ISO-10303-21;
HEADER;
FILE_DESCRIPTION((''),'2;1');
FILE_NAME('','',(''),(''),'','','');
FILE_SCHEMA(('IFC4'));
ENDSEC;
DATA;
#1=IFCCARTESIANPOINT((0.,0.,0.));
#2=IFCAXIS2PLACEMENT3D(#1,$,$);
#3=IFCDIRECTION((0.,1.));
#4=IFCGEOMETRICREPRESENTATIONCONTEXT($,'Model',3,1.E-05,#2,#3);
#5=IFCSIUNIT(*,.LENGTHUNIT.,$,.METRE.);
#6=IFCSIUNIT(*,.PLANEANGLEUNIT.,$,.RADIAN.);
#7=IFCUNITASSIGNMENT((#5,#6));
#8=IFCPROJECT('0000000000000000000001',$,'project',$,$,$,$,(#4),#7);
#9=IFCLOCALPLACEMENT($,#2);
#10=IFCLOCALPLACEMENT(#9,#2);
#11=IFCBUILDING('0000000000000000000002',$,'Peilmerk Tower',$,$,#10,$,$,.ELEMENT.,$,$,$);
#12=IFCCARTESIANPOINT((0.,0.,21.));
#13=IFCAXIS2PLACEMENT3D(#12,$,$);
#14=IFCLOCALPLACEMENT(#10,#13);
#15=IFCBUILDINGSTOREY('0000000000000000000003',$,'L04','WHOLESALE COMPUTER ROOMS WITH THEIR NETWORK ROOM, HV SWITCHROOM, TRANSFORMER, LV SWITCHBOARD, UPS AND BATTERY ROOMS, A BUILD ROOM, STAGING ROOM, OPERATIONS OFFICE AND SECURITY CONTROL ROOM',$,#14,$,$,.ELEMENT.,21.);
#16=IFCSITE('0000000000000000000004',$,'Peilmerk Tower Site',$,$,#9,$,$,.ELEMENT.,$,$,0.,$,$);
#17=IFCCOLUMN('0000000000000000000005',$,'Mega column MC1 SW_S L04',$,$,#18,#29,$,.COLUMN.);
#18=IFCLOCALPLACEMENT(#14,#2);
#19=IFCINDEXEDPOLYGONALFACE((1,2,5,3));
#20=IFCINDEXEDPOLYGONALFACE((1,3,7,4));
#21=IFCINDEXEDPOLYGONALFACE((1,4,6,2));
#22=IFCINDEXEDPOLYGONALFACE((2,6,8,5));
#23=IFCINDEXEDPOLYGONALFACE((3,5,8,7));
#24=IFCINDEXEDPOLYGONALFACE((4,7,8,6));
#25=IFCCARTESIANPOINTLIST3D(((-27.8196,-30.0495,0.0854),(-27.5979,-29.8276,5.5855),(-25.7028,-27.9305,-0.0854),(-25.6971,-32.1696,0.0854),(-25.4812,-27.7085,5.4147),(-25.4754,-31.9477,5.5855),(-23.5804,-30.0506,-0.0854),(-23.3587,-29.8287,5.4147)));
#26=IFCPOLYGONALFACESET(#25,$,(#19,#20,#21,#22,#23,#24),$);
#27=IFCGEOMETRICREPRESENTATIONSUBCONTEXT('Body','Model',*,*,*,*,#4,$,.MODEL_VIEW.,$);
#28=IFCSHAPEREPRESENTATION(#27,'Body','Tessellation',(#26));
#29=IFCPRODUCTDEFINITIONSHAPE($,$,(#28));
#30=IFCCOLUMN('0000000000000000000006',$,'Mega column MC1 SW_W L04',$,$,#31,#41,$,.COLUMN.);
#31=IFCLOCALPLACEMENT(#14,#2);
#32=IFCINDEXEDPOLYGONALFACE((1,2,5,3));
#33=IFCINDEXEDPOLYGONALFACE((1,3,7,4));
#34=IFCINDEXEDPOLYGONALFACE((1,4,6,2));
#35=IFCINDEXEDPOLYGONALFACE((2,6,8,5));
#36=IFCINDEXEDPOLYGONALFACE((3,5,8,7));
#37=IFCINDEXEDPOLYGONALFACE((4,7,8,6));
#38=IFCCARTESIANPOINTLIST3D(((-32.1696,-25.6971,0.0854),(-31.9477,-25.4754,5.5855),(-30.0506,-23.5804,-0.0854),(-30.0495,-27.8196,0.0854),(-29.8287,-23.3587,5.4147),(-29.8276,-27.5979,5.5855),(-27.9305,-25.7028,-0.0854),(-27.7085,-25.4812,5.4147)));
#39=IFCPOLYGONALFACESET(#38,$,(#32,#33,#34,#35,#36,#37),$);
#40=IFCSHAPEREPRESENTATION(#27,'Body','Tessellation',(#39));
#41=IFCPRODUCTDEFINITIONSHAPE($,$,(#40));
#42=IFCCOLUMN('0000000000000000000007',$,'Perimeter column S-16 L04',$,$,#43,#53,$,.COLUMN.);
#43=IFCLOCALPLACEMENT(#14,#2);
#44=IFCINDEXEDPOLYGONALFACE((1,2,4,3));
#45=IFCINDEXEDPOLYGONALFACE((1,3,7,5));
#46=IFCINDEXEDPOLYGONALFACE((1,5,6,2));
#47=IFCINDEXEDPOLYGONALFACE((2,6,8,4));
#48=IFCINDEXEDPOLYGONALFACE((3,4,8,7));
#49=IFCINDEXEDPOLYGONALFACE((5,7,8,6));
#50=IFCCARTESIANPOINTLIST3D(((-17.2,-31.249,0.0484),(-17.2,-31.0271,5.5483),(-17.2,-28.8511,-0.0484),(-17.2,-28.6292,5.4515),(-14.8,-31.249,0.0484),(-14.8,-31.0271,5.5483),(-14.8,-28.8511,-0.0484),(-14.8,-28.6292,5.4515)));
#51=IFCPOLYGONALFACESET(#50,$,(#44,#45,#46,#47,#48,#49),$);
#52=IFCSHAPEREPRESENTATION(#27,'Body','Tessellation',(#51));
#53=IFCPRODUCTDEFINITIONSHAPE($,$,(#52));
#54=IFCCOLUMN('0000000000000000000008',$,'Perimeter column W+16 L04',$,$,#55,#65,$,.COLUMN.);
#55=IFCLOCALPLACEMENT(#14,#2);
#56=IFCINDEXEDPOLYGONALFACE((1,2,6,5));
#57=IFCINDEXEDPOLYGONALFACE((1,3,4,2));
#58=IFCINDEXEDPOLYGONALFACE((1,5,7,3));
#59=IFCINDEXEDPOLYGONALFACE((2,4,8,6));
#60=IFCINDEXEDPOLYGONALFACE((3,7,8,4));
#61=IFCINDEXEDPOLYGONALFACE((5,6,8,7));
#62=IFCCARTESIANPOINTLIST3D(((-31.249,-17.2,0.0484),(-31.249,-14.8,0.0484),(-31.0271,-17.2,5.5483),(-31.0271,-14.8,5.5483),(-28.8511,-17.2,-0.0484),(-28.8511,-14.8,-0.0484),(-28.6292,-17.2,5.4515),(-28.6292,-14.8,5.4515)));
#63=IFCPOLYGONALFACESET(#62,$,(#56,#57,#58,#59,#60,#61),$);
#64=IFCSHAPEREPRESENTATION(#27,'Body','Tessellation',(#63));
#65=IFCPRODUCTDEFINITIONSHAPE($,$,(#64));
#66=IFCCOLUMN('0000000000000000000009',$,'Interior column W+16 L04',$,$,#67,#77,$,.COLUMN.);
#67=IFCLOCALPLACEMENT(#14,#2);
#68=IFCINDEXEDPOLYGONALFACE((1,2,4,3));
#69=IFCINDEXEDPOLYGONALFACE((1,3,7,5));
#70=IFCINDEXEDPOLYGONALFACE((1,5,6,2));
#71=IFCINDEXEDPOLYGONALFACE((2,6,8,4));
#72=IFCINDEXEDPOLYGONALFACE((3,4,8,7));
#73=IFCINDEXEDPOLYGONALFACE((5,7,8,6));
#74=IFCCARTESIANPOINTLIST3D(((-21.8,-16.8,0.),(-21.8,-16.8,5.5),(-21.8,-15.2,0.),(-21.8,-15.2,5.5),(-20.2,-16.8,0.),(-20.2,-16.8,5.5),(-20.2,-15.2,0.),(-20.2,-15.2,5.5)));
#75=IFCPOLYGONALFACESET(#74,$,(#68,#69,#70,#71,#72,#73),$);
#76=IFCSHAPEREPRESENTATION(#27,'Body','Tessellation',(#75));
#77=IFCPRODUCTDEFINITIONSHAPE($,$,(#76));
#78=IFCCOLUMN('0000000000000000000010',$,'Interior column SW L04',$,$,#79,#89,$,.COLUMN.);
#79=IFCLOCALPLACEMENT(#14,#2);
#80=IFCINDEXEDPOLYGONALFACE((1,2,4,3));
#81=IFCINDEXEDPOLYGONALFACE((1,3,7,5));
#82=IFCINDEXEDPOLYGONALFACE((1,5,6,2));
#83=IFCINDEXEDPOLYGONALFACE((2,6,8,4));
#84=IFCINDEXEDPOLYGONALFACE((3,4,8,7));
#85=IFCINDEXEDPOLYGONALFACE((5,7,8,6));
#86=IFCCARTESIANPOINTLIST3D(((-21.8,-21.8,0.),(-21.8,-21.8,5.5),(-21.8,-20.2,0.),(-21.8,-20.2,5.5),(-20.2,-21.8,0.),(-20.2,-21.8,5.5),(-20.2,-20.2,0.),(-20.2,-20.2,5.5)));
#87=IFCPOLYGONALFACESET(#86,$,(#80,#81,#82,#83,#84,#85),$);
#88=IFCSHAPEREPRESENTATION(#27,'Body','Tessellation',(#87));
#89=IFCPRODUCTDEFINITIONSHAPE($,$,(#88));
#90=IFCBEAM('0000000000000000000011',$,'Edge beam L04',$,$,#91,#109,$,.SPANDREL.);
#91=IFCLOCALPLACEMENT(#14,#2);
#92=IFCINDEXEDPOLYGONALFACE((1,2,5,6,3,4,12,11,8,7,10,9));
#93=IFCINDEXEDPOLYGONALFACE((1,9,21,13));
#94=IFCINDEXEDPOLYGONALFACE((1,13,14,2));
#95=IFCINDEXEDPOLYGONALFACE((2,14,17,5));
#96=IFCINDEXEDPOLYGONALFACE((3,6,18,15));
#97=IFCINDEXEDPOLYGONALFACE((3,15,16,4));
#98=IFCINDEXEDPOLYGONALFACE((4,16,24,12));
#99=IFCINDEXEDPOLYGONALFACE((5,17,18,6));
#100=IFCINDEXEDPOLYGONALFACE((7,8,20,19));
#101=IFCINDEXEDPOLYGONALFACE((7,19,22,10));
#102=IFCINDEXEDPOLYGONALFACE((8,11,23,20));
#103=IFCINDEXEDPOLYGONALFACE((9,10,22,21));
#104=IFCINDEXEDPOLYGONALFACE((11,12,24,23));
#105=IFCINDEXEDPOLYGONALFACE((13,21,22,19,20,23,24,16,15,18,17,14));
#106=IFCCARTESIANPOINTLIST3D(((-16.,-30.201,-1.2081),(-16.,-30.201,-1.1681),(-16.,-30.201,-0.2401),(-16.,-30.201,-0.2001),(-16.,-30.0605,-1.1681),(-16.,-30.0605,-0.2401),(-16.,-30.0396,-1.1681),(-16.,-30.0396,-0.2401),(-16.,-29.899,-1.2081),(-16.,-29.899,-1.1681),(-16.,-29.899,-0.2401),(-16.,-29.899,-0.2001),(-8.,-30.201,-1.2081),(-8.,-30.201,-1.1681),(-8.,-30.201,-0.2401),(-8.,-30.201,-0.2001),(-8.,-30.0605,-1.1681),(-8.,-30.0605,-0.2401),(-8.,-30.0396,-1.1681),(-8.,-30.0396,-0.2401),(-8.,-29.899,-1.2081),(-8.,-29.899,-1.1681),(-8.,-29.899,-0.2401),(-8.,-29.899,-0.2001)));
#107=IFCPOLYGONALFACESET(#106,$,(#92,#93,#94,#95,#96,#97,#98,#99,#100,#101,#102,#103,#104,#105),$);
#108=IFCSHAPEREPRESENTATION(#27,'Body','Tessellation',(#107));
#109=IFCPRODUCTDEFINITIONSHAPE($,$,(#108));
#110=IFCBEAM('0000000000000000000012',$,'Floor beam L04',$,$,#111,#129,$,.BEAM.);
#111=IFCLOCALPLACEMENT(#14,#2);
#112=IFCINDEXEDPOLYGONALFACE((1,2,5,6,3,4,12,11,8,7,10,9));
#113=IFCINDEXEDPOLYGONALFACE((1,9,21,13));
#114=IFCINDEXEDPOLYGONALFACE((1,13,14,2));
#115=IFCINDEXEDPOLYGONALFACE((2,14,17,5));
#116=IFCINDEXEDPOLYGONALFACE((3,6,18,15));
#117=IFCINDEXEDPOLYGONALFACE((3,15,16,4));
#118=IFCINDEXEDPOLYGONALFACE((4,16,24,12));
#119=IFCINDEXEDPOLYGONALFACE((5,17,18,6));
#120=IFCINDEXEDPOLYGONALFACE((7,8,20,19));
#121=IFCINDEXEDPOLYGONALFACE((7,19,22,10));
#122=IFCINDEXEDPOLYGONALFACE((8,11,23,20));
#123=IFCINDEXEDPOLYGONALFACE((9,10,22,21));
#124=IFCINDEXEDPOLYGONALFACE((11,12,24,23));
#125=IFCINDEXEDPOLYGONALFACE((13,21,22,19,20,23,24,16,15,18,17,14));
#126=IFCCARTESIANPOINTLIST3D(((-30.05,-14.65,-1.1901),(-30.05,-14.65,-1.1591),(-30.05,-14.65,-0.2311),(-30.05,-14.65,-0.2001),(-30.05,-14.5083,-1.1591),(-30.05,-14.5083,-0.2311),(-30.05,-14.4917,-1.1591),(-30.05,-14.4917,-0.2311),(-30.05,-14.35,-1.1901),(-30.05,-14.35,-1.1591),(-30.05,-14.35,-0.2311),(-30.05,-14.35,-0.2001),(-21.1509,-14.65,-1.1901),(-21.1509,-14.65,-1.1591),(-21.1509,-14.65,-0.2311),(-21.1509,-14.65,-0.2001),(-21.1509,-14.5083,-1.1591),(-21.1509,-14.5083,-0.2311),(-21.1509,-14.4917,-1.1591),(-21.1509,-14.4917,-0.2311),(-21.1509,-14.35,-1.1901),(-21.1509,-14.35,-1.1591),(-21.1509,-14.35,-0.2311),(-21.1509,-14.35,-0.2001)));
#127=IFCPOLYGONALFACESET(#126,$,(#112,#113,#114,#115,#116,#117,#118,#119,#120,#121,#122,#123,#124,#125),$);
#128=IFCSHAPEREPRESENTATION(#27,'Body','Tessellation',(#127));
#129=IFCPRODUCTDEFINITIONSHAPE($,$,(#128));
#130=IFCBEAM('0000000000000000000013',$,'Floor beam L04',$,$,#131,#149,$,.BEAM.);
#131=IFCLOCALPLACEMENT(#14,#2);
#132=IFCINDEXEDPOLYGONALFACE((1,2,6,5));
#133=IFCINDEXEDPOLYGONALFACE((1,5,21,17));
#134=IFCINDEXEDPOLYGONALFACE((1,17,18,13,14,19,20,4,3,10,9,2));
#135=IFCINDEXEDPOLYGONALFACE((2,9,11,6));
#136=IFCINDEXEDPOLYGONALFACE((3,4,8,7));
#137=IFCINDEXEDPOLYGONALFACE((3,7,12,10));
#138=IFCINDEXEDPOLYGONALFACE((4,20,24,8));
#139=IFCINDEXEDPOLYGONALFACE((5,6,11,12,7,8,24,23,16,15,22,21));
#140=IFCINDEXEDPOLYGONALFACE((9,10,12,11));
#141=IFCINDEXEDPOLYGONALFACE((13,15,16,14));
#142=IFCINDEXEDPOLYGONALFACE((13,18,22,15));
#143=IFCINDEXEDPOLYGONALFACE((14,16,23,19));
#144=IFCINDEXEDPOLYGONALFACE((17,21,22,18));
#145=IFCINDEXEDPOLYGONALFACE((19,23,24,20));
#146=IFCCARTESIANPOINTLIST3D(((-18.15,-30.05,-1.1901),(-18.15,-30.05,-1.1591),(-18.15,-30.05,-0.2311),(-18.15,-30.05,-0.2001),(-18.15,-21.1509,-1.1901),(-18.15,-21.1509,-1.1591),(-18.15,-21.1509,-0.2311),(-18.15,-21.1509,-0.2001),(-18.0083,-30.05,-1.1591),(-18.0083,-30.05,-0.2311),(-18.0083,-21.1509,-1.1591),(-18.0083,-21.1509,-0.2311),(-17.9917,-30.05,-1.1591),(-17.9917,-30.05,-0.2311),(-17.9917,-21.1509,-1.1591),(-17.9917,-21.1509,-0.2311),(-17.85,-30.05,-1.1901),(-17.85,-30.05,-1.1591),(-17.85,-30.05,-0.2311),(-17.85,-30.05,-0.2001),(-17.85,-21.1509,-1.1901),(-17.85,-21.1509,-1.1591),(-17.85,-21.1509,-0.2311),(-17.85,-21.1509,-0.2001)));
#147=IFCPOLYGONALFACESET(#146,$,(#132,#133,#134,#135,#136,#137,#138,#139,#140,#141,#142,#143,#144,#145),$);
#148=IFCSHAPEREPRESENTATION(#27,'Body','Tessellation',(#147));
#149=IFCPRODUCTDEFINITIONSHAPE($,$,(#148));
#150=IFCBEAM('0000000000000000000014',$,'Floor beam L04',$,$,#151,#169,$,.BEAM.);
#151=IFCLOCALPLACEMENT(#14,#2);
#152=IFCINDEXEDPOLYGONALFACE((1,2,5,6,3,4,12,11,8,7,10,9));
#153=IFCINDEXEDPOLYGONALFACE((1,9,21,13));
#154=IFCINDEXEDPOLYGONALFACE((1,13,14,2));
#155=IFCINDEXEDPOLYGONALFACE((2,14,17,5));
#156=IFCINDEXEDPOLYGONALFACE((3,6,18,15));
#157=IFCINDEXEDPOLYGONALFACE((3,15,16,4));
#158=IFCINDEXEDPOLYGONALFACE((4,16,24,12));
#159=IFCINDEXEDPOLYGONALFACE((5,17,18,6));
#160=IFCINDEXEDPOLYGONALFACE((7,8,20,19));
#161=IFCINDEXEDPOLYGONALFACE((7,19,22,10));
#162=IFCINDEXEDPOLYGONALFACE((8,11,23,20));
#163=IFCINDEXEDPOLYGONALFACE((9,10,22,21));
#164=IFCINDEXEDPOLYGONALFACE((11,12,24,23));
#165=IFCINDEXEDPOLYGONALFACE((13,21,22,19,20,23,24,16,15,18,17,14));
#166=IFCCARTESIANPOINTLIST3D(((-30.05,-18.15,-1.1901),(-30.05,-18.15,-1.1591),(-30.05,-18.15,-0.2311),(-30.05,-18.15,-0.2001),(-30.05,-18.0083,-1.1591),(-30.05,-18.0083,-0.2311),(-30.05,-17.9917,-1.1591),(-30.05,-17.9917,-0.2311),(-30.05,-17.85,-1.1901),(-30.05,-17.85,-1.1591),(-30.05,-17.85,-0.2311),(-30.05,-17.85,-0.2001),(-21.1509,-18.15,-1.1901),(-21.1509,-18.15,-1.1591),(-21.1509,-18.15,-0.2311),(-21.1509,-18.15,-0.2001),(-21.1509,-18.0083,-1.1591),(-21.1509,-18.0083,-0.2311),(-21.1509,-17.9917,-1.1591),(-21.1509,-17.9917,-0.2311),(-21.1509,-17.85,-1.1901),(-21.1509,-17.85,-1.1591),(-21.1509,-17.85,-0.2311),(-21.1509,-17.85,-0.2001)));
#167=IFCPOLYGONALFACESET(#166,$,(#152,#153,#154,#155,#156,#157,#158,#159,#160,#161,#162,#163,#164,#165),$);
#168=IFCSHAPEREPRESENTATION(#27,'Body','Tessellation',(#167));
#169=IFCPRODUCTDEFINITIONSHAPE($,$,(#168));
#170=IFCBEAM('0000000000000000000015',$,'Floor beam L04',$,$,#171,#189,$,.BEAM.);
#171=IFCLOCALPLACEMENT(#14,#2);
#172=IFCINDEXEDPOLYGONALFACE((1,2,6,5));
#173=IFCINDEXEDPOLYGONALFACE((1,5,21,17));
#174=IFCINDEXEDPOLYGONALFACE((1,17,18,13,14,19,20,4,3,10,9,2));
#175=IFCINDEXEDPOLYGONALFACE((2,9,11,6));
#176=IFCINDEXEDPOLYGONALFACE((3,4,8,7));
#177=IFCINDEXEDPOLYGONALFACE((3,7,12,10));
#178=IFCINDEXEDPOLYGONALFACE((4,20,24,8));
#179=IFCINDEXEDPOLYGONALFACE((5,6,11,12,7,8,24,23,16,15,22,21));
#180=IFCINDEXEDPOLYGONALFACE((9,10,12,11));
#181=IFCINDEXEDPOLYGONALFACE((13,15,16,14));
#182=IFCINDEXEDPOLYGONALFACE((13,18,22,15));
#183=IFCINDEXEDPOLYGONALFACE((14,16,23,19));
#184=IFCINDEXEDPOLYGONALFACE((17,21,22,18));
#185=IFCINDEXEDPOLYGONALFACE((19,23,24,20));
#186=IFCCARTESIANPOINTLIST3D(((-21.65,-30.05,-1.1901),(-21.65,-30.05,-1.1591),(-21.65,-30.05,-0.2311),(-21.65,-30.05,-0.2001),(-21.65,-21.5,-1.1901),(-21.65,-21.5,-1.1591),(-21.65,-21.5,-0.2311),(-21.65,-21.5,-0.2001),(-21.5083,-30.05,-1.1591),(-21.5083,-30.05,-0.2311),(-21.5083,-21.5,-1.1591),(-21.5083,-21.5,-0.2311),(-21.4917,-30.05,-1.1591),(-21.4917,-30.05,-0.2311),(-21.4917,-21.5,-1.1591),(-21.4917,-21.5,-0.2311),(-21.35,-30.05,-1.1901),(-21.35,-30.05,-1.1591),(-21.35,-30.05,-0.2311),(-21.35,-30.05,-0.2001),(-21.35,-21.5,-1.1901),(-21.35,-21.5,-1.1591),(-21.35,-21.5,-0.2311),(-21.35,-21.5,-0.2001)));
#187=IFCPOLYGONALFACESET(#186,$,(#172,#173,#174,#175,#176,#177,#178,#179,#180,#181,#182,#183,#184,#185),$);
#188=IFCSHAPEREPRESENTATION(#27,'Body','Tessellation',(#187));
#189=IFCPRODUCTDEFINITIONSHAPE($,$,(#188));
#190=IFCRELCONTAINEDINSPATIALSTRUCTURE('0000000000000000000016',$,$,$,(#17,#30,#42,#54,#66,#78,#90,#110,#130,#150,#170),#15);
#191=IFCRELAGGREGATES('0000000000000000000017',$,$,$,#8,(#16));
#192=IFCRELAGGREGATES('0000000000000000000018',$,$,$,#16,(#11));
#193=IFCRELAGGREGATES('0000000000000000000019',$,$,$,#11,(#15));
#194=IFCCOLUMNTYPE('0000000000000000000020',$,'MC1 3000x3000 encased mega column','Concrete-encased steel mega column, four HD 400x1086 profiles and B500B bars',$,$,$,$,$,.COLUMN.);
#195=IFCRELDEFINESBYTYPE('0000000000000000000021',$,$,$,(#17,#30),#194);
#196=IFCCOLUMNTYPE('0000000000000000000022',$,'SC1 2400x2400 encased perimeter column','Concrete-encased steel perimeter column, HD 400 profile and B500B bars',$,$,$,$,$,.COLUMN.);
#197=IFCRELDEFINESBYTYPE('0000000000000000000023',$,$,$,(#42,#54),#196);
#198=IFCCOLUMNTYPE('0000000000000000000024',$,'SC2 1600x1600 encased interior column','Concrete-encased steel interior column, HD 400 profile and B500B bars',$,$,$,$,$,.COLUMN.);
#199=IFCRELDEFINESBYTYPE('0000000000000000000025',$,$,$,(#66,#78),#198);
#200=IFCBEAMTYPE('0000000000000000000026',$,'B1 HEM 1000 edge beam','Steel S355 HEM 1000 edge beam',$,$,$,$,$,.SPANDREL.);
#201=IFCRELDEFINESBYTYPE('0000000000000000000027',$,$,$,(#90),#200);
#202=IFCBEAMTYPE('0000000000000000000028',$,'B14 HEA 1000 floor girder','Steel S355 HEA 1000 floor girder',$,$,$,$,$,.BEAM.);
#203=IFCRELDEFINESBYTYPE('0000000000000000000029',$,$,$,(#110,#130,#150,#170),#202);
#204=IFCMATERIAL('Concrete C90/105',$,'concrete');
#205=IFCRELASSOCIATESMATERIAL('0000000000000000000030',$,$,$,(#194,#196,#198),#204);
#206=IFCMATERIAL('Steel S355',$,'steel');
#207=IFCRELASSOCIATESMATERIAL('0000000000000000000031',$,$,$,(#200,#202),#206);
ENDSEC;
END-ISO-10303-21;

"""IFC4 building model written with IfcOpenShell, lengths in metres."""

from ifc_helpers import new_model, si_unit, direction, frame, origin, origin_2d, place, context, subcontext, project, spatial, rectangle, i_section, extrude, material, material_profile, profile_set, type_object, element, save


model = new_model("IFC4")

# Units and contexts
model_context = context("Model", 3, precision=1e-05, world=origin(), true_north=direction((0.0, 1.0)))
body_context = subcontext(model_context, "Body", "Model", "MODEL_VIEW")
ifc_project = project(units=[si_unit("LENGTHUNIT", "METRE"), si_unit("PLANEANGLEUNIT", "RADIAN")], contexts=[model_context])

# Site, building, storey
site_placement = place(None, origin())
site = spatial("IfcSite", under=ifc_project, at=site_placement, Name="Peilmerk Tower Site", CompositionType="ELEMENT", RefElevation=0.0)
building_placement = place(site_placement, origin())
building = spatial("IfcBuilding", under=site, at=building_placement, Name="Peilmerk Tower", CompositionType="ELEMENT")
storey_placement = place(building_placement, frame((0.0, 0.0, 21.0)))
storey = spatial("IfcBuildingStorey", under=building, at=storey_placement, Name="L04", Description="WHOLESALE COMPUTER ROOMS WITH THEIR NETWORK ROOM, HV SWITCHROOM, TRANSFORMER, LV SWITCHBOARD, UPS AND BATTERY ROOMS, A BUILD ROOM, STAGING ROOM, OPERATIONS OFFICE AND SECURITY CONTROL ROOM", CompositionType="ELEMENT", Elevation=21.0)

# Columns
ifc_material_1 = material(Name="Concrete C90/105", Category="concrete")
ifc_material_profile_1 = material_profile(ifc_material_1, rectangle(XDim=3.0, YDim=3.0, at=origin_2d()), Name="RC 3000x3000")
ifc_profile_set_1 = profile_set([ifc_material_profile_1], Name="Concrete C90/105")
column_type_1 = type_object("IfcColumnType", Name="MC1 3000x3000 encased mega column", Description="Concrete-encased steel mega column, four HD 400x1086 profiles and B500B bars", PredefinedType="COLUMN", material=ifc_profile_set_1)
for number, where, z_axis, x_axis, name in (
    (1, (-25.7, -30.05, 0.0), (0.04024, 0.040284, 0.998378), (-0.707496, 0.706718, 0.0), "Mega column MC1 SW_S L04"),
    (2, (-30.05, -25.7, 0.0), (0.040284, 0.04024, 0.998378), (-0.706718, 0.707496, 0.0), "Mega column MC1 SW_W L04"),
):
    element("IfcColumn", number, at=place(storey_placement, frame(where, z_axis=z_axis, x_axis=x_axis)), inside=storey, type_object=column_type_1, Name=name, PredefinedType="COLUMN", context=body_context, shape_type="SweptSolid", body=[
        extrude(rectangle(XDim=3.0, YDim=3.0, at=origin_2d()), origin(), (0.0, 0.0, 1.0), 5.509),
    ])
ifc_material_profile_2 = material_profile(ifc_material_1, rectangle(XDim=2.3999, YDim=2.3999, at=origin_2d()), Name="RC 2400x2400")
ifc_profile_set_2 = profile_set([ifc_material_profile_2], Name="Concrete C90/105")
column_type_2 = type_object("IfcColumnType", Name="SC1 2400x2400 encased perimeter column", Description="Concrete-encased steel perimeter column, HD 400 profile and B500B bars", PredefinedType="COLUMN", material=ifc_profile_set_2)
for number, where, z_axis, x_axis, name in (
    (3, (-16.0, -30.05, 0.0), (0.0, 0.040317, 0.999187), (-1.0, 0.0, 0.0), "Perimeter column S-16 L04"),
    (4, (-30.05, -16.0, 0.0), (0.040317, 0.0, 0.999187), (0.0, 1.0, 0.0), "Perimeter column W+16 L04"),
):
    element("IfcColumn", number, at=place(storey_placement, frame(where, z_axis=z_axis, x_axis=x_axis)), inside=storey, type_object=column_type_2, Name=name, PredefinedType="COLUMN", context=body_context, shape_type="SweptSolid", body=[
        extrude(rectangle(XDim=2.3999, YDim=2.3999, at=origin_2d()), origin(), (0.0, 0.0, 1.0), 5.5044),
    ])
ifc_material_profile_3 = material_profile(ifc_material_1, rectangle(XDim=1.6001, YDim=1.6001, at=origin_2d()), Name="RC 1600x1600")
ifc_profile_set_3 = profile_set([ifc_material_profile_3], Name="Concrete C90/105")
column_type_3 = type_object("IfcColumnType", Name="SC2 1600x1600 encased interior column", Description="Concrete-encased steel interior column, HD 400 profile and B500B bars", PredefinedType="COLUMN", material=ifc_profile_set_3)
for number, where, z_axis, x_axis, name in (
    (5, (-21.0, -16.0, 0.0), (0.0, 0.0, 1.0), (1.0, 0.0, 0.0), "Interior column W+16 L04"),
    (6, (-21.0, -21.0, 0.0), (0.0, 0.0, 1.0), (1.0, 0.0, 0.0), "Interior column SW L04"),
):
    element("IfcColumn", number, at=place(storey_placement, frame(where, z_axis=z_axis, x_axis=x_axis)), inside=storey, type_object=column_type_3, Name=name, PredefinedType="COLUMN", context=body_context, shape_type="SweptSolid", body=[
        extrude(rectangle(XDim=1.6001, YDim=1.6001, at=origin_2d()), origin(), (0.0, 0.0, 1.0), 5.5),
    ])

# Beams
ifc_material_2 = material(Name="Steel S355", Category="steel")
ifc_material_profile_4 = material_profile(ifc_material_2, i_section(OverallWidth=0.302, OverallDepth=1.0081, WebThickness=0.021, FlangeThickness=0.04, at=origin_2d()), Name="HEM 1000")
ifc_profile_set_4 = profile_set([ifc_material_profile_4], Name="Steel S355")
beam_type_1 = type_object("IfcBeamType", Name="B1 HEM 1000 edge beam", Description="Steel S355 HEM 1000 edge beam", PredefinedType="SPANDREL", material=ifc_profile_set_4)
beam_1_placement = place(storey_placement, frame((-16.0, -30.05, -0.7041), z_axis=(1.0, 0.0, 0.0), x_axis=(0.0, 1.0, 0.0)))
element("IfcBeam", 7, at=beam_1_placement, inside=storey, type_object=beam_type_1, Name="Edge beam L04", PredefinedType="SPANDREL", context=body_context, shape_type="SweptSolid", body=[
    extrude(i_section(OverallWidth=0.302, OverallDepth=1.0081, WebThickness=0.021, FlangeThickness=0.04, at=origin_2d()), origin(), (0.0, 0.0, 1.0), 8.0),
])
ifc_material_profile_5 = material_profile(ifc_material_2, i_section(OverallWidth=0.3, OverallDepth=0.99, WebThickness=0.0166, FlangeThickness=0.031, at=origin_2d()), Name="HEA 1000")
ifc_profile_set_5 = profile_set([ifc_material_profile_5], Name="Steel S355")
beam_type_2 = type_object("IfcBeamType", Name="B14 HEA 1000 floor girder", Description="Steel S355 HEA 1000 floor girder", PredefinedType="BEAM", material=ifc_profile_set_5)
for number, where, z_axis, x_axis, name in (
    (8, (-21.1509, -14.5, -0.6951), (-1.0, 0.0, 0.0), (0.0, -1.0, 0.0), "Floor beam L04"),
    (9, (-18.0, -21.1509, -0.6951), (0.0, -1.0, 0.0), (1.0, 0.0, 0.0), "Floor beam L04"),
    (10, (-21.1509, -18.0, -0.6951), (-1.0, 0.0, 0.0), (0.0, -1.0, 0.0), "Floor beam L04"),
):
    element("IfcBeam", number, at=place(storey_placement, frame(where, z_axis=z_axis, x_axis=x_axis)), inside=storey, type_object=beam_type_2, Name=name, PredefinedType="BEAM", context=body_context, shape_type="SweptSolid", body=[
        extrude(i_section(OverallWidth=0.3, OverallDepth=0.99, WebThickness=0.0166, FlangeThickness=0.031, at=origin_2d()), origin(), (0.0, 0.0, 1.0), 8.8992),
    ])
for number, where, z_axis, x_axis, name in (
    (11, (-21.5, -21.5, -0.6951), (0.0, -1.0, 0.0), (1.0, 0.0, 0.0), "Floor beam L04"),
):
    element("IfcBeam", number, at=place(storey_placement, frame(where, z_axis=z_axis, x_axis=x_axis)), inside=storey, type_object=beam_type_2, Name=name, PredefinedType="BEAM", context=body_context, shape_type="SweptSolid", body=[
        extrude(i_section(OverallWidth=0.3, OverallDepth=0.99, WebThickness=0.0166, FlangeThickness=0.031, at=origin_2d()), origin(), (0.0, 0.0, 1.0), 8.55),
    ])

save(model, "model.ifc")
